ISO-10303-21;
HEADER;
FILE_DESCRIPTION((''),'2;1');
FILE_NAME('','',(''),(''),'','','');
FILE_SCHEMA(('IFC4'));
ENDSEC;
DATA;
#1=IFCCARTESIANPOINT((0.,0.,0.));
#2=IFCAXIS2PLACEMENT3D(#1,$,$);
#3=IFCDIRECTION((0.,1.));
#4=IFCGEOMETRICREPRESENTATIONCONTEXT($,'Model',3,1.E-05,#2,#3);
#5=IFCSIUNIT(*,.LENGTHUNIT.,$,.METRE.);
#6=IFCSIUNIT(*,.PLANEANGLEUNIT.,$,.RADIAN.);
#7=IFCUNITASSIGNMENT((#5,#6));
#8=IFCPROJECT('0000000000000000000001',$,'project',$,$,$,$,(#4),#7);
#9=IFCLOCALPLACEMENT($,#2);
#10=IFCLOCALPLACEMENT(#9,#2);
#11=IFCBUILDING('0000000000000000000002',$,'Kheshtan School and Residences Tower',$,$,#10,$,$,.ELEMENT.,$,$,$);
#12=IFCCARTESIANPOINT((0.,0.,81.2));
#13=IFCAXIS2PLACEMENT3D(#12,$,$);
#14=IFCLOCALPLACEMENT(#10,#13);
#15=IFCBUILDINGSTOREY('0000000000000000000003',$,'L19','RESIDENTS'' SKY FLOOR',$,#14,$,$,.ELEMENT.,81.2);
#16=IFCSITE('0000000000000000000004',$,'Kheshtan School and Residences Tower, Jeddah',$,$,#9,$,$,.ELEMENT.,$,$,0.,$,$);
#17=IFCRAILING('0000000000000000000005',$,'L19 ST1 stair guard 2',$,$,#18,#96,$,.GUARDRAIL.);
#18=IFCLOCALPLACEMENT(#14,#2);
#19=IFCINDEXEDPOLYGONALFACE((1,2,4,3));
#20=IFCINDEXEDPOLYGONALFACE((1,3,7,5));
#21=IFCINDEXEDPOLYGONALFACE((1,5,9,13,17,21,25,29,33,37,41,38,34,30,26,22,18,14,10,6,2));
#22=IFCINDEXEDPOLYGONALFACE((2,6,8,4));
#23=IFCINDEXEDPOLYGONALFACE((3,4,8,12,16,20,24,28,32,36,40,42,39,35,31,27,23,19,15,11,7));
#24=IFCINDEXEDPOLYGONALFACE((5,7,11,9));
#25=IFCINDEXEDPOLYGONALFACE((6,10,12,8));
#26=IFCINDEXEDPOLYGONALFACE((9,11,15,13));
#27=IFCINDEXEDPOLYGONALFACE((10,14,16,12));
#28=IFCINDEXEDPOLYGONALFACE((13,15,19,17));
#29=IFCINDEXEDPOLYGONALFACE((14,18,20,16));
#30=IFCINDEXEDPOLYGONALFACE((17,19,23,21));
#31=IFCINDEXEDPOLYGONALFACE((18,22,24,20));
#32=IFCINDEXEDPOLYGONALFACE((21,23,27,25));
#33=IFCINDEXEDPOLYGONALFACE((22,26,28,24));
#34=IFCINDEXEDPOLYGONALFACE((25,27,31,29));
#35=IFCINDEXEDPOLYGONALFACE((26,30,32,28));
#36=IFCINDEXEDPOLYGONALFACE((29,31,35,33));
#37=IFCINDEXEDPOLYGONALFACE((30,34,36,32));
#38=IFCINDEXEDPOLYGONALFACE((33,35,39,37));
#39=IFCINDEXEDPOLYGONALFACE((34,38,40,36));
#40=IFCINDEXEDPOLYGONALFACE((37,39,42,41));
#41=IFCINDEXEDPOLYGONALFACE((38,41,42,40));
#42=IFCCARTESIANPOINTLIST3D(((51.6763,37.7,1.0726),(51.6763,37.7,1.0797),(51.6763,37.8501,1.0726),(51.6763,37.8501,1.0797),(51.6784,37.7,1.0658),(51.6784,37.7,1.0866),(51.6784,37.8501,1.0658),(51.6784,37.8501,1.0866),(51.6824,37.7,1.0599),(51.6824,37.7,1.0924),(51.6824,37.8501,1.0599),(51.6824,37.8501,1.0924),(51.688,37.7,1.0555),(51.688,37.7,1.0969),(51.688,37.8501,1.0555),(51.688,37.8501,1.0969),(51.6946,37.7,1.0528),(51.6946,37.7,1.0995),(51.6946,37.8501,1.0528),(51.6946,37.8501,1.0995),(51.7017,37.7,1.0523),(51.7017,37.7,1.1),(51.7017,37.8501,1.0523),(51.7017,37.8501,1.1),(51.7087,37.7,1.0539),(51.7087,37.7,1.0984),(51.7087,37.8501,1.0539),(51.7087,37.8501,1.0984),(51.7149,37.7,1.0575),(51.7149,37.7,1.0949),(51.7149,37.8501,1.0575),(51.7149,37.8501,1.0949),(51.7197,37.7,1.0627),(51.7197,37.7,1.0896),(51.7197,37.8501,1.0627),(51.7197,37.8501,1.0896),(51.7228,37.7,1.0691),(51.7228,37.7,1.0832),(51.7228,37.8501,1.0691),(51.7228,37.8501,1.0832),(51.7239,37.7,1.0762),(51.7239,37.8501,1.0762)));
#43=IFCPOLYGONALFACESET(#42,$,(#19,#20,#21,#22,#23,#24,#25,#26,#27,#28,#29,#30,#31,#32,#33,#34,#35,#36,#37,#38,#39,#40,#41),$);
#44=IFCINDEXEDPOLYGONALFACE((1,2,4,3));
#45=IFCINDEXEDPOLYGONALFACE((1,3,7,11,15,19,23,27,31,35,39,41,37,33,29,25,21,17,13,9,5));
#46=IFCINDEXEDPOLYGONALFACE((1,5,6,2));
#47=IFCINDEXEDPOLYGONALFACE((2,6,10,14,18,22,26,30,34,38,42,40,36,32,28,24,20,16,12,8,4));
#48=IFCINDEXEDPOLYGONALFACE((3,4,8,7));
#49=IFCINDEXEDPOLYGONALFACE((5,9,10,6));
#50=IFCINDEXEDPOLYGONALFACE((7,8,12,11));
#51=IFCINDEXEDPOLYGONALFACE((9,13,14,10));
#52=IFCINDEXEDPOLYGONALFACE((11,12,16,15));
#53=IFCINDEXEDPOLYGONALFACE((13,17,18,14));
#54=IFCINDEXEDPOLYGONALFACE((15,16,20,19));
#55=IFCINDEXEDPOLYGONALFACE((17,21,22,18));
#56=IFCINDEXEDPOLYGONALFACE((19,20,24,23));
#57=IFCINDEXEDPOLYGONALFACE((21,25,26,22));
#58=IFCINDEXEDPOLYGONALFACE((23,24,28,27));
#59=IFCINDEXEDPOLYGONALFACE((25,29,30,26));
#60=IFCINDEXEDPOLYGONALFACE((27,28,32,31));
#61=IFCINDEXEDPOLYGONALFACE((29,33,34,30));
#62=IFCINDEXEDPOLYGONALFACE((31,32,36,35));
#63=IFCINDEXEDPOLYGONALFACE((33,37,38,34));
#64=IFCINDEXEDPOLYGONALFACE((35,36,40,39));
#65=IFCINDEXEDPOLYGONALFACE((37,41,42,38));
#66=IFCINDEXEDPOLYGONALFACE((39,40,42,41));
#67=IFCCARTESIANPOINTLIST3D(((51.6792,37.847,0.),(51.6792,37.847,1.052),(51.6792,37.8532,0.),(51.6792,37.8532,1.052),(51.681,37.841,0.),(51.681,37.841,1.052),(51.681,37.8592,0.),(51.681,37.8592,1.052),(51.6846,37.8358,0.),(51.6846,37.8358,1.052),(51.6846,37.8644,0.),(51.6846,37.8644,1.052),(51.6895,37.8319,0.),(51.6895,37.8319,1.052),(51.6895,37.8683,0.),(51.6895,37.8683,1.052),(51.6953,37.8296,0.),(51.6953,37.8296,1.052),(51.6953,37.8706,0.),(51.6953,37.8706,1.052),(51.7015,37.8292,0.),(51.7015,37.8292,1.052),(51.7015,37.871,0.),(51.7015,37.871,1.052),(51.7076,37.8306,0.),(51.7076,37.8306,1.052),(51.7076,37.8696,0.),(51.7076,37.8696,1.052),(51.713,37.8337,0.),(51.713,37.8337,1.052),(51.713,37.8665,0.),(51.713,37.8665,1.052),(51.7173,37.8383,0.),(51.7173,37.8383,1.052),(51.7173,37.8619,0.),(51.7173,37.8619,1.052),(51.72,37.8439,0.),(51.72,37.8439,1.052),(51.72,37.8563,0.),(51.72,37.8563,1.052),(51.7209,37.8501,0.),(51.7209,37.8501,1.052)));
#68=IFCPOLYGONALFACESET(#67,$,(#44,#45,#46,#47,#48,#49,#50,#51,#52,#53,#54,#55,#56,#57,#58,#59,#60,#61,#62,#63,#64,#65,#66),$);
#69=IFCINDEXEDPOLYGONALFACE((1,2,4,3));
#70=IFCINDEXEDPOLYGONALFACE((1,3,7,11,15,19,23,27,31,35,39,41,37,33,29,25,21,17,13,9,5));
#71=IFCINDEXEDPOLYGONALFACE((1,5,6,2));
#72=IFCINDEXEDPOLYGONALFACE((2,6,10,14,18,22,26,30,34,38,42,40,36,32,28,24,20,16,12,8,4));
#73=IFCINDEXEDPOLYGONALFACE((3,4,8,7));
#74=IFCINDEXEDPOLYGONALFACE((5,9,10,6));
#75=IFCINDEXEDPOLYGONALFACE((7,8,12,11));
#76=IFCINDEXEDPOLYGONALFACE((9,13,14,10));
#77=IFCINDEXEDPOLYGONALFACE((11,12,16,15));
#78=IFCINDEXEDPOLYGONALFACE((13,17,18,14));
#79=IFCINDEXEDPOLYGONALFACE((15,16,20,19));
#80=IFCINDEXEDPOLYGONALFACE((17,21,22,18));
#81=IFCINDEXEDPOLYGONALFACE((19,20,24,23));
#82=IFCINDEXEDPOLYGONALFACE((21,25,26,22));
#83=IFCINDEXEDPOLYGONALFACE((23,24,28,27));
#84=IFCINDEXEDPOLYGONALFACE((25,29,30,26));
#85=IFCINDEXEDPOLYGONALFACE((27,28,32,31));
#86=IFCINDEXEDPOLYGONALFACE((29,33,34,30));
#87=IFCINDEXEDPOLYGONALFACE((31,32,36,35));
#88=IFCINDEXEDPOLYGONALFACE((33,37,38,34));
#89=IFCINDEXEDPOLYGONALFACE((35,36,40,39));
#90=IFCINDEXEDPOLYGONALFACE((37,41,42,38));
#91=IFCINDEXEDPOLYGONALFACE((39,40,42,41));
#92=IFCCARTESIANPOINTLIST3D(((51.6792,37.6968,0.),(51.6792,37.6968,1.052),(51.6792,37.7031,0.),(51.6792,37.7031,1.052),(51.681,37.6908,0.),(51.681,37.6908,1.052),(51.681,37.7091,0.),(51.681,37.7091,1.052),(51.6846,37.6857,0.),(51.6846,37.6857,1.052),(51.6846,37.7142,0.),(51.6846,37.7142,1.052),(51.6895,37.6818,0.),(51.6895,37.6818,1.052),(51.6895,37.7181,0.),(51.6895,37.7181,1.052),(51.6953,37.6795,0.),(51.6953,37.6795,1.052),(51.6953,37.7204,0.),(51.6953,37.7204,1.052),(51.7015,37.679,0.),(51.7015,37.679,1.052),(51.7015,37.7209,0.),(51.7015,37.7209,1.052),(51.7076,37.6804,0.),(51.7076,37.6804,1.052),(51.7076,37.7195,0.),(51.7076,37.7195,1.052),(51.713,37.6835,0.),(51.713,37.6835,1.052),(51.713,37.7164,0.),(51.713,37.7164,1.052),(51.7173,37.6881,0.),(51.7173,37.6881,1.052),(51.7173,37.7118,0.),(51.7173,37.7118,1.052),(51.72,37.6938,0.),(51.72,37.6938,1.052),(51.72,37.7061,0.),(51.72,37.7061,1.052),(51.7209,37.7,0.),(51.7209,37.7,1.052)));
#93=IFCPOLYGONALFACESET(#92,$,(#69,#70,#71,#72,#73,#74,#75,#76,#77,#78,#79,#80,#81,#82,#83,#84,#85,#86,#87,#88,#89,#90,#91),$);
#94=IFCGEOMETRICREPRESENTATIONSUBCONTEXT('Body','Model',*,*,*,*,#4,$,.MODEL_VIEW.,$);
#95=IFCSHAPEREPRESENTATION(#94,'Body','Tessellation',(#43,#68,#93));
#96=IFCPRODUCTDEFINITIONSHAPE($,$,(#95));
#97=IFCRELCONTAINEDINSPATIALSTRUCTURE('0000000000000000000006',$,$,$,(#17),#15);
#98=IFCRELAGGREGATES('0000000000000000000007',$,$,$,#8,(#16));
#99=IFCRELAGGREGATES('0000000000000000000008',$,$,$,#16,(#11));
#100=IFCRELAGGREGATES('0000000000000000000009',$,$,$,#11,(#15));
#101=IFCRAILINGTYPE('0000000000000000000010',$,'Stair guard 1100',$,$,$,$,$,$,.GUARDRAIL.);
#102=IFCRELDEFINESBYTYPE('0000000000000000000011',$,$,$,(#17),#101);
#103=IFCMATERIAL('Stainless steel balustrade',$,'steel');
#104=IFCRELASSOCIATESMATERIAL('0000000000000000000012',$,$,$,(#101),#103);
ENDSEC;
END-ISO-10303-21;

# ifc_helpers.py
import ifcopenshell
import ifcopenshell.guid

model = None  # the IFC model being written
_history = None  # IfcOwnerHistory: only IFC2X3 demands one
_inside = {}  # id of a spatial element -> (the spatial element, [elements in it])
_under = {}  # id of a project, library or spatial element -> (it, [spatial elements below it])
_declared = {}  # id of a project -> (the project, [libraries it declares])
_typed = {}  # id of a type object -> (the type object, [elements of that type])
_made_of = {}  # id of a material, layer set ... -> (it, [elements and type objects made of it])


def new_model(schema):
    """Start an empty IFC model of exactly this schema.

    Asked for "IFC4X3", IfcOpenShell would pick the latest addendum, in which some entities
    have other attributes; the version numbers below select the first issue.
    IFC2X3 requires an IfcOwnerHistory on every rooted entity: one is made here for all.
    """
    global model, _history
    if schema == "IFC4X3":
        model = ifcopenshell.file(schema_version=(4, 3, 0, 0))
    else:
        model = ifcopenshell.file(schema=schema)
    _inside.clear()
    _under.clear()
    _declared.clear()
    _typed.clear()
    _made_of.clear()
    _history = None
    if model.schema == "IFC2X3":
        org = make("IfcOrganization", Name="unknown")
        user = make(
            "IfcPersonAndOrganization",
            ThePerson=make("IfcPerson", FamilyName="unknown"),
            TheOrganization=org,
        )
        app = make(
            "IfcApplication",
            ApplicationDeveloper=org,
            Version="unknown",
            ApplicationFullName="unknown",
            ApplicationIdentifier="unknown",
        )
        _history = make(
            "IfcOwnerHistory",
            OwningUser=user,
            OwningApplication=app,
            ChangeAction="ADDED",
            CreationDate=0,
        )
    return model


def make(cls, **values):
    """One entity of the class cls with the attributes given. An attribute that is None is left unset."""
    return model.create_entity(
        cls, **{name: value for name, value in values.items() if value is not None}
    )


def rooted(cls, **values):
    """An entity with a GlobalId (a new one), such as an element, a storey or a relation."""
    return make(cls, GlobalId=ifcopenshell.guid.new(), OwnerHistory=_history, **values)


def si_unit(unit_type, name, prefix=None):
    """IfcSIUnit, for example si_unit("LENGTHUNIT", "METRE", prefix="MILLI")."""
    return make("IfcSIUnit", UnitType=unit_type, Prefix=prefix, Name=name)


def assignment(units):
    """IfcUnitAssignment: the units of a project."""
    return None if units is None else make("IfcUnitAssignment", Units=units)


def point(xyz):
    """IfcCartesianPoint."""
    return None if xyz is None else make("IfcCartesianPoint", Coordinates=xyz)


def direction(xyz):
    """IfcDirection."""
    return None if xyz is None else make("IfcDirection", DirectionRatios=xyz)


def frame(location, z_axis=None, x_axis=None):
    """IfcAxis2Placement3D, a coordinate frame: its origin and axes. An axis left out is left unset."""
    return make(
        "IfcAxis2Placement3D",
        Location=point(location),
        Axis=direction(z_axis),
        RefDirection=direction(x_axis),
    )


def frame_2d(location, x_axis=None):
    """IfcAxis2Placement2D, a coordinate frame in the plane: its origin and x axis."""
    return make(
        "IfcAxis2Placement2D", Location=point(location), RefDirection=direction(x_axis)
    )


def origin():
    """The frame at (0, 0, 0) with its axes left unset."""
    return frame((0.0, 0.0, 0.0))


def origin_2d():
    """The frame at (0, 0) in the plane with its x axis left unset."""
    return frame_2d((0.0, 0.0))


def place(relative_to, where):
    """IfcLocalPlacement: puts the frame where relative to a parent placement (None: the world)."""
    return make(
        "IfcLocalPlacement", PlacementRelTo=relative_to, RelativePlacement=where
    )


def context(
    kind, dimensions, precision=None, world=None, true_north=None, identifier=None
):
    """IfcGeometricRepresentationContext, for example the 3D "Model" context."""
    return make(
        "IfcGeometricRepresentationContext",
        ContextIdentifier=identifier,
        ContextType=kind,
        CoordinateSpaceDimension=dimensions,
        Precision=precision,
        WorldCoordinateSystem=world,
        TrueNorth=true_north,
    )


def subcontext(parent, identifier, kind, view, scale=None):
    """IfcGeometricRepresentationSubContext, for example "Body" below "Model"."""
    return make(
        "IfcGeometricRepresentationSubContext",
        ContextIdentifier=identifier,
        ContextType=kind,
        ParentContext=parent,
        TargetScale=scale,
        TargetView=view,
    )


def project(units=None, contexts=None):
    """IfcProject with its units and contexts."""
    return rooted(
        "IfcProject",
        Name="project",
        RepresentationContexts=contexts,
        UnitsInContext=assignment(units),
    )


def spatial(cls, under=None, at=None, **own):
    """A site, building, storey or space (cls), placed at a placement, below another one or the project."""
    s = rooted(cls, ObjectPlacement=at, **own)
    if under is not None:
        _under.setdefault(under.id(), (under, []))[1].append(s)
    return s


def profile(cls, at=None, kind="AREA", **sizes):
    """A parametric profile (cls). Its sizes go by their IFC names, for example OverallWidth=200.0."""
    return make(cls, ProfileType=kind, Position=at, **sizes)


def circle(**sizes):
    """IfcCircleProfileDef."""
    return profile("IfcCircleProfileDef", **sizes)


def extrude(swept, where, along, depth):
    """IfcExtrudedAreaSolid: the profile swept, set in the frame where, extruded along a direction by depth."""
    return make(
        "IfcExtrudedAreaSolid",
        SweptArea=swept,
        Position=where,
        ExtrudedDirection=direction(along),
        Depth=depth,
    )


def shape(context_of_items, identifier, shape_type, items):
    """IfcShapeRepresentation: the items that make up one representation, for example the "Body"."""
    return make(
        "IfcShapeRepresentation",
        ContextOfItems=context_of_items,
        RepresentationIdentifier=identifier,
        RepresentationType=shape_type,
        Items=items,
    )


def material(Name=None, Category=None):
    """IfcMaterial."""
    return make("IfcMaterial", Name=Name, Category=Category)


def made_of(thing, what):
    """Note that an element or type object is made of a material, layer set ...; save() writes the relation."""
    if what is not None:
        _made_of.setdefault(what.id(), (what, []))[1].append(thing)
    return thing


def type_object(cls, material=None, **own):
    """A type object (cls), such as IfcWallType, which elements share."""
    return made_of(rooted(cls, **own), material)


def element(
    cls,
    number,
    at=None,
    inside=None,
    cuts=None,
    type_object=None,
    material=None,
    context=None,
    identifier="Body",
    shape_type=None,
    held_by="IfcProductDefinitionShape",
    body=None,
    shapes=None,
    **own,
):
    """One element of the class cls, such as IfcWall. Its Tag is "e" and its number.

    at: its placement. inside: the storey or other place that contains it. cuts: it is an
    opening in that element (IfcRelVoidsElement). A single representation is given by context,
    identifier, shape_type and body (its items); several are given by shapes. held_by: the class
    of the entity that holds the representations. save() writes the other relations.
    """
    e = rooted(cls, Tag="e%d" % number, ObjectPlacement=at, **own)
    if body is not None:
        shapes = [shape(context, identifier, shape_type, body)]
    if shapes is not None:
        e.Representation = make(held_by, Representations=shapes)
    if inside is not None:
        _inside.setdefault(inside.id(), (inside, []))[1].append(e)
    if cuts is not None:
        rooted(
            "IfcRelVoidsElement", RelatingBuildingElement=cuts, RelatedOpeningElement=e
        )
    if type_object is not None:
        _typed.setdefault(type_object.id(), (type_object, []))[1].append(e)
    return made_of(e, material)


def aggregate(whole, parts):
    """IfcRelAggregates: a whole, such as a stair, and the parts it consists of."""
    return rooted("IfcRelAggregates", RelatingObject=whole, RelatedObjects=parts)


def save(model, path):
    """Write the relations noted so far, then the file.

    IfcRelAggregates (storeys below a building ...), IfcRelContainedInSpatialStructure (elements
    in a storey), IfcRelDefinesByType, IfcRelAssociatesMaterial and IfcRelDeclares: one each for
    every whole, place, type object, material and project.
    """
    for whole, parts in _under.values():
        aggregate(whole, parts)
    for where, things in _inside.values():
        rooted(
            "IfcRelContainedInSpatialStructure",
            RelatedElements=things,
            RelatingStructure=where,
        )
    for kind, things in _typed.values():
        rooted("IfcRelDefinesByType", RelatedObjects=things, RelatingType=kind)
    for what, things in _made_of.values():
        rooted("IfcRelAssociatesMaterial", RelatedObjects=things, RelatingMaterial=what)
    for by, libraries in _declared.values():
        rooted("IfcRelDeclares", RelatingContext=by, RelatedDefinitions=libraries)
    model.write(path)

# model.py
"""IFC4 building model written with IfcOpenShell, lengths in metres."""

from ifc_helpers import new_model, si_unit, direction, frame, origin, origin_2d, place, context, subcontext, project, spatial, circle, extrude, material, type_object, element, save


model = new_model("IFC4")

# Units and contexts
model_context = context("Model", 3, precision=1e-05, world=origin(), true_north=direction((0.0, 1.0)))
body_context = subcontext(model_context, "Body", "Model", "MODEL_VIEW")
ifc_project = project(units=[si_unit("LENGTHUNIT", "METRE"), si_unit("PLANEANGLEUNIT", "RADIAN")], contexts=[model_context])

# Site, building, storey
site_placement = place(None, origin())
site = spatial("IfcSite", under=ifc_project, at=site_placement, Name="Kheshtan School and Residences Tower, Jeddah", CompositionType="ELEMENT", RefElevation=0.0)
building_placement = place(site_placement, origin())
building = spatial("IfcBuilding", under=site, at=building_placement, Name="Kheshtan School and Residences Tower", CompositionType="ELEMENT")
storey_placement = place(building_placement, frame((0.0, 0.0, 81.2)))
storey = spatial("IfcBuildingStorey", under=building, at=storey_placement, Name="L19", Description="RESIDENTS' SKY FLOOR", CompositionType="ELEMENT", Elevation=81.2)

# Railing
ifc_material_1 = material(Name="Stainless steel balustrade", Category="steel")
railing_type_1 = type_object("IfcRailingType", Name="Stair guard 1100", PredefinedType="GUARDRAIL", material=ifc_material_1)
railing_1_placement = place(storey_placement, frame((51.7, 37.8501, 0.0)))
element("IfcRailing", 1, at=railing_1_placement, inside=storey, type_object=railing_type_1, Name="L19 ST1 stair guard 2", PredefinedType="GUARDRAIL", context=body_context, shape_type="SweptSolid", body=[
    extrude(circle(Radius=0.0239, at=origin_2d()), frame((0.0, 0.0, 1.0762), z_axis=(0.0, -1.0, 0.0), x_axis=(1.0, 0.0, 0.0)), (0.0, 0.0, 1.0), 0.1501),
    extrude(circle(Radius=0.021, at=origin_2d()), origin(), (0.0, 0.0, 1.0), 1.052),
    extrude(circle(Radius=0.021, at=origin_2d()), frame((0.0, -0.1501, 0.0)), (0.0, 0.0, 1.0), 1.052),
])

save(model, "model.ifc")
